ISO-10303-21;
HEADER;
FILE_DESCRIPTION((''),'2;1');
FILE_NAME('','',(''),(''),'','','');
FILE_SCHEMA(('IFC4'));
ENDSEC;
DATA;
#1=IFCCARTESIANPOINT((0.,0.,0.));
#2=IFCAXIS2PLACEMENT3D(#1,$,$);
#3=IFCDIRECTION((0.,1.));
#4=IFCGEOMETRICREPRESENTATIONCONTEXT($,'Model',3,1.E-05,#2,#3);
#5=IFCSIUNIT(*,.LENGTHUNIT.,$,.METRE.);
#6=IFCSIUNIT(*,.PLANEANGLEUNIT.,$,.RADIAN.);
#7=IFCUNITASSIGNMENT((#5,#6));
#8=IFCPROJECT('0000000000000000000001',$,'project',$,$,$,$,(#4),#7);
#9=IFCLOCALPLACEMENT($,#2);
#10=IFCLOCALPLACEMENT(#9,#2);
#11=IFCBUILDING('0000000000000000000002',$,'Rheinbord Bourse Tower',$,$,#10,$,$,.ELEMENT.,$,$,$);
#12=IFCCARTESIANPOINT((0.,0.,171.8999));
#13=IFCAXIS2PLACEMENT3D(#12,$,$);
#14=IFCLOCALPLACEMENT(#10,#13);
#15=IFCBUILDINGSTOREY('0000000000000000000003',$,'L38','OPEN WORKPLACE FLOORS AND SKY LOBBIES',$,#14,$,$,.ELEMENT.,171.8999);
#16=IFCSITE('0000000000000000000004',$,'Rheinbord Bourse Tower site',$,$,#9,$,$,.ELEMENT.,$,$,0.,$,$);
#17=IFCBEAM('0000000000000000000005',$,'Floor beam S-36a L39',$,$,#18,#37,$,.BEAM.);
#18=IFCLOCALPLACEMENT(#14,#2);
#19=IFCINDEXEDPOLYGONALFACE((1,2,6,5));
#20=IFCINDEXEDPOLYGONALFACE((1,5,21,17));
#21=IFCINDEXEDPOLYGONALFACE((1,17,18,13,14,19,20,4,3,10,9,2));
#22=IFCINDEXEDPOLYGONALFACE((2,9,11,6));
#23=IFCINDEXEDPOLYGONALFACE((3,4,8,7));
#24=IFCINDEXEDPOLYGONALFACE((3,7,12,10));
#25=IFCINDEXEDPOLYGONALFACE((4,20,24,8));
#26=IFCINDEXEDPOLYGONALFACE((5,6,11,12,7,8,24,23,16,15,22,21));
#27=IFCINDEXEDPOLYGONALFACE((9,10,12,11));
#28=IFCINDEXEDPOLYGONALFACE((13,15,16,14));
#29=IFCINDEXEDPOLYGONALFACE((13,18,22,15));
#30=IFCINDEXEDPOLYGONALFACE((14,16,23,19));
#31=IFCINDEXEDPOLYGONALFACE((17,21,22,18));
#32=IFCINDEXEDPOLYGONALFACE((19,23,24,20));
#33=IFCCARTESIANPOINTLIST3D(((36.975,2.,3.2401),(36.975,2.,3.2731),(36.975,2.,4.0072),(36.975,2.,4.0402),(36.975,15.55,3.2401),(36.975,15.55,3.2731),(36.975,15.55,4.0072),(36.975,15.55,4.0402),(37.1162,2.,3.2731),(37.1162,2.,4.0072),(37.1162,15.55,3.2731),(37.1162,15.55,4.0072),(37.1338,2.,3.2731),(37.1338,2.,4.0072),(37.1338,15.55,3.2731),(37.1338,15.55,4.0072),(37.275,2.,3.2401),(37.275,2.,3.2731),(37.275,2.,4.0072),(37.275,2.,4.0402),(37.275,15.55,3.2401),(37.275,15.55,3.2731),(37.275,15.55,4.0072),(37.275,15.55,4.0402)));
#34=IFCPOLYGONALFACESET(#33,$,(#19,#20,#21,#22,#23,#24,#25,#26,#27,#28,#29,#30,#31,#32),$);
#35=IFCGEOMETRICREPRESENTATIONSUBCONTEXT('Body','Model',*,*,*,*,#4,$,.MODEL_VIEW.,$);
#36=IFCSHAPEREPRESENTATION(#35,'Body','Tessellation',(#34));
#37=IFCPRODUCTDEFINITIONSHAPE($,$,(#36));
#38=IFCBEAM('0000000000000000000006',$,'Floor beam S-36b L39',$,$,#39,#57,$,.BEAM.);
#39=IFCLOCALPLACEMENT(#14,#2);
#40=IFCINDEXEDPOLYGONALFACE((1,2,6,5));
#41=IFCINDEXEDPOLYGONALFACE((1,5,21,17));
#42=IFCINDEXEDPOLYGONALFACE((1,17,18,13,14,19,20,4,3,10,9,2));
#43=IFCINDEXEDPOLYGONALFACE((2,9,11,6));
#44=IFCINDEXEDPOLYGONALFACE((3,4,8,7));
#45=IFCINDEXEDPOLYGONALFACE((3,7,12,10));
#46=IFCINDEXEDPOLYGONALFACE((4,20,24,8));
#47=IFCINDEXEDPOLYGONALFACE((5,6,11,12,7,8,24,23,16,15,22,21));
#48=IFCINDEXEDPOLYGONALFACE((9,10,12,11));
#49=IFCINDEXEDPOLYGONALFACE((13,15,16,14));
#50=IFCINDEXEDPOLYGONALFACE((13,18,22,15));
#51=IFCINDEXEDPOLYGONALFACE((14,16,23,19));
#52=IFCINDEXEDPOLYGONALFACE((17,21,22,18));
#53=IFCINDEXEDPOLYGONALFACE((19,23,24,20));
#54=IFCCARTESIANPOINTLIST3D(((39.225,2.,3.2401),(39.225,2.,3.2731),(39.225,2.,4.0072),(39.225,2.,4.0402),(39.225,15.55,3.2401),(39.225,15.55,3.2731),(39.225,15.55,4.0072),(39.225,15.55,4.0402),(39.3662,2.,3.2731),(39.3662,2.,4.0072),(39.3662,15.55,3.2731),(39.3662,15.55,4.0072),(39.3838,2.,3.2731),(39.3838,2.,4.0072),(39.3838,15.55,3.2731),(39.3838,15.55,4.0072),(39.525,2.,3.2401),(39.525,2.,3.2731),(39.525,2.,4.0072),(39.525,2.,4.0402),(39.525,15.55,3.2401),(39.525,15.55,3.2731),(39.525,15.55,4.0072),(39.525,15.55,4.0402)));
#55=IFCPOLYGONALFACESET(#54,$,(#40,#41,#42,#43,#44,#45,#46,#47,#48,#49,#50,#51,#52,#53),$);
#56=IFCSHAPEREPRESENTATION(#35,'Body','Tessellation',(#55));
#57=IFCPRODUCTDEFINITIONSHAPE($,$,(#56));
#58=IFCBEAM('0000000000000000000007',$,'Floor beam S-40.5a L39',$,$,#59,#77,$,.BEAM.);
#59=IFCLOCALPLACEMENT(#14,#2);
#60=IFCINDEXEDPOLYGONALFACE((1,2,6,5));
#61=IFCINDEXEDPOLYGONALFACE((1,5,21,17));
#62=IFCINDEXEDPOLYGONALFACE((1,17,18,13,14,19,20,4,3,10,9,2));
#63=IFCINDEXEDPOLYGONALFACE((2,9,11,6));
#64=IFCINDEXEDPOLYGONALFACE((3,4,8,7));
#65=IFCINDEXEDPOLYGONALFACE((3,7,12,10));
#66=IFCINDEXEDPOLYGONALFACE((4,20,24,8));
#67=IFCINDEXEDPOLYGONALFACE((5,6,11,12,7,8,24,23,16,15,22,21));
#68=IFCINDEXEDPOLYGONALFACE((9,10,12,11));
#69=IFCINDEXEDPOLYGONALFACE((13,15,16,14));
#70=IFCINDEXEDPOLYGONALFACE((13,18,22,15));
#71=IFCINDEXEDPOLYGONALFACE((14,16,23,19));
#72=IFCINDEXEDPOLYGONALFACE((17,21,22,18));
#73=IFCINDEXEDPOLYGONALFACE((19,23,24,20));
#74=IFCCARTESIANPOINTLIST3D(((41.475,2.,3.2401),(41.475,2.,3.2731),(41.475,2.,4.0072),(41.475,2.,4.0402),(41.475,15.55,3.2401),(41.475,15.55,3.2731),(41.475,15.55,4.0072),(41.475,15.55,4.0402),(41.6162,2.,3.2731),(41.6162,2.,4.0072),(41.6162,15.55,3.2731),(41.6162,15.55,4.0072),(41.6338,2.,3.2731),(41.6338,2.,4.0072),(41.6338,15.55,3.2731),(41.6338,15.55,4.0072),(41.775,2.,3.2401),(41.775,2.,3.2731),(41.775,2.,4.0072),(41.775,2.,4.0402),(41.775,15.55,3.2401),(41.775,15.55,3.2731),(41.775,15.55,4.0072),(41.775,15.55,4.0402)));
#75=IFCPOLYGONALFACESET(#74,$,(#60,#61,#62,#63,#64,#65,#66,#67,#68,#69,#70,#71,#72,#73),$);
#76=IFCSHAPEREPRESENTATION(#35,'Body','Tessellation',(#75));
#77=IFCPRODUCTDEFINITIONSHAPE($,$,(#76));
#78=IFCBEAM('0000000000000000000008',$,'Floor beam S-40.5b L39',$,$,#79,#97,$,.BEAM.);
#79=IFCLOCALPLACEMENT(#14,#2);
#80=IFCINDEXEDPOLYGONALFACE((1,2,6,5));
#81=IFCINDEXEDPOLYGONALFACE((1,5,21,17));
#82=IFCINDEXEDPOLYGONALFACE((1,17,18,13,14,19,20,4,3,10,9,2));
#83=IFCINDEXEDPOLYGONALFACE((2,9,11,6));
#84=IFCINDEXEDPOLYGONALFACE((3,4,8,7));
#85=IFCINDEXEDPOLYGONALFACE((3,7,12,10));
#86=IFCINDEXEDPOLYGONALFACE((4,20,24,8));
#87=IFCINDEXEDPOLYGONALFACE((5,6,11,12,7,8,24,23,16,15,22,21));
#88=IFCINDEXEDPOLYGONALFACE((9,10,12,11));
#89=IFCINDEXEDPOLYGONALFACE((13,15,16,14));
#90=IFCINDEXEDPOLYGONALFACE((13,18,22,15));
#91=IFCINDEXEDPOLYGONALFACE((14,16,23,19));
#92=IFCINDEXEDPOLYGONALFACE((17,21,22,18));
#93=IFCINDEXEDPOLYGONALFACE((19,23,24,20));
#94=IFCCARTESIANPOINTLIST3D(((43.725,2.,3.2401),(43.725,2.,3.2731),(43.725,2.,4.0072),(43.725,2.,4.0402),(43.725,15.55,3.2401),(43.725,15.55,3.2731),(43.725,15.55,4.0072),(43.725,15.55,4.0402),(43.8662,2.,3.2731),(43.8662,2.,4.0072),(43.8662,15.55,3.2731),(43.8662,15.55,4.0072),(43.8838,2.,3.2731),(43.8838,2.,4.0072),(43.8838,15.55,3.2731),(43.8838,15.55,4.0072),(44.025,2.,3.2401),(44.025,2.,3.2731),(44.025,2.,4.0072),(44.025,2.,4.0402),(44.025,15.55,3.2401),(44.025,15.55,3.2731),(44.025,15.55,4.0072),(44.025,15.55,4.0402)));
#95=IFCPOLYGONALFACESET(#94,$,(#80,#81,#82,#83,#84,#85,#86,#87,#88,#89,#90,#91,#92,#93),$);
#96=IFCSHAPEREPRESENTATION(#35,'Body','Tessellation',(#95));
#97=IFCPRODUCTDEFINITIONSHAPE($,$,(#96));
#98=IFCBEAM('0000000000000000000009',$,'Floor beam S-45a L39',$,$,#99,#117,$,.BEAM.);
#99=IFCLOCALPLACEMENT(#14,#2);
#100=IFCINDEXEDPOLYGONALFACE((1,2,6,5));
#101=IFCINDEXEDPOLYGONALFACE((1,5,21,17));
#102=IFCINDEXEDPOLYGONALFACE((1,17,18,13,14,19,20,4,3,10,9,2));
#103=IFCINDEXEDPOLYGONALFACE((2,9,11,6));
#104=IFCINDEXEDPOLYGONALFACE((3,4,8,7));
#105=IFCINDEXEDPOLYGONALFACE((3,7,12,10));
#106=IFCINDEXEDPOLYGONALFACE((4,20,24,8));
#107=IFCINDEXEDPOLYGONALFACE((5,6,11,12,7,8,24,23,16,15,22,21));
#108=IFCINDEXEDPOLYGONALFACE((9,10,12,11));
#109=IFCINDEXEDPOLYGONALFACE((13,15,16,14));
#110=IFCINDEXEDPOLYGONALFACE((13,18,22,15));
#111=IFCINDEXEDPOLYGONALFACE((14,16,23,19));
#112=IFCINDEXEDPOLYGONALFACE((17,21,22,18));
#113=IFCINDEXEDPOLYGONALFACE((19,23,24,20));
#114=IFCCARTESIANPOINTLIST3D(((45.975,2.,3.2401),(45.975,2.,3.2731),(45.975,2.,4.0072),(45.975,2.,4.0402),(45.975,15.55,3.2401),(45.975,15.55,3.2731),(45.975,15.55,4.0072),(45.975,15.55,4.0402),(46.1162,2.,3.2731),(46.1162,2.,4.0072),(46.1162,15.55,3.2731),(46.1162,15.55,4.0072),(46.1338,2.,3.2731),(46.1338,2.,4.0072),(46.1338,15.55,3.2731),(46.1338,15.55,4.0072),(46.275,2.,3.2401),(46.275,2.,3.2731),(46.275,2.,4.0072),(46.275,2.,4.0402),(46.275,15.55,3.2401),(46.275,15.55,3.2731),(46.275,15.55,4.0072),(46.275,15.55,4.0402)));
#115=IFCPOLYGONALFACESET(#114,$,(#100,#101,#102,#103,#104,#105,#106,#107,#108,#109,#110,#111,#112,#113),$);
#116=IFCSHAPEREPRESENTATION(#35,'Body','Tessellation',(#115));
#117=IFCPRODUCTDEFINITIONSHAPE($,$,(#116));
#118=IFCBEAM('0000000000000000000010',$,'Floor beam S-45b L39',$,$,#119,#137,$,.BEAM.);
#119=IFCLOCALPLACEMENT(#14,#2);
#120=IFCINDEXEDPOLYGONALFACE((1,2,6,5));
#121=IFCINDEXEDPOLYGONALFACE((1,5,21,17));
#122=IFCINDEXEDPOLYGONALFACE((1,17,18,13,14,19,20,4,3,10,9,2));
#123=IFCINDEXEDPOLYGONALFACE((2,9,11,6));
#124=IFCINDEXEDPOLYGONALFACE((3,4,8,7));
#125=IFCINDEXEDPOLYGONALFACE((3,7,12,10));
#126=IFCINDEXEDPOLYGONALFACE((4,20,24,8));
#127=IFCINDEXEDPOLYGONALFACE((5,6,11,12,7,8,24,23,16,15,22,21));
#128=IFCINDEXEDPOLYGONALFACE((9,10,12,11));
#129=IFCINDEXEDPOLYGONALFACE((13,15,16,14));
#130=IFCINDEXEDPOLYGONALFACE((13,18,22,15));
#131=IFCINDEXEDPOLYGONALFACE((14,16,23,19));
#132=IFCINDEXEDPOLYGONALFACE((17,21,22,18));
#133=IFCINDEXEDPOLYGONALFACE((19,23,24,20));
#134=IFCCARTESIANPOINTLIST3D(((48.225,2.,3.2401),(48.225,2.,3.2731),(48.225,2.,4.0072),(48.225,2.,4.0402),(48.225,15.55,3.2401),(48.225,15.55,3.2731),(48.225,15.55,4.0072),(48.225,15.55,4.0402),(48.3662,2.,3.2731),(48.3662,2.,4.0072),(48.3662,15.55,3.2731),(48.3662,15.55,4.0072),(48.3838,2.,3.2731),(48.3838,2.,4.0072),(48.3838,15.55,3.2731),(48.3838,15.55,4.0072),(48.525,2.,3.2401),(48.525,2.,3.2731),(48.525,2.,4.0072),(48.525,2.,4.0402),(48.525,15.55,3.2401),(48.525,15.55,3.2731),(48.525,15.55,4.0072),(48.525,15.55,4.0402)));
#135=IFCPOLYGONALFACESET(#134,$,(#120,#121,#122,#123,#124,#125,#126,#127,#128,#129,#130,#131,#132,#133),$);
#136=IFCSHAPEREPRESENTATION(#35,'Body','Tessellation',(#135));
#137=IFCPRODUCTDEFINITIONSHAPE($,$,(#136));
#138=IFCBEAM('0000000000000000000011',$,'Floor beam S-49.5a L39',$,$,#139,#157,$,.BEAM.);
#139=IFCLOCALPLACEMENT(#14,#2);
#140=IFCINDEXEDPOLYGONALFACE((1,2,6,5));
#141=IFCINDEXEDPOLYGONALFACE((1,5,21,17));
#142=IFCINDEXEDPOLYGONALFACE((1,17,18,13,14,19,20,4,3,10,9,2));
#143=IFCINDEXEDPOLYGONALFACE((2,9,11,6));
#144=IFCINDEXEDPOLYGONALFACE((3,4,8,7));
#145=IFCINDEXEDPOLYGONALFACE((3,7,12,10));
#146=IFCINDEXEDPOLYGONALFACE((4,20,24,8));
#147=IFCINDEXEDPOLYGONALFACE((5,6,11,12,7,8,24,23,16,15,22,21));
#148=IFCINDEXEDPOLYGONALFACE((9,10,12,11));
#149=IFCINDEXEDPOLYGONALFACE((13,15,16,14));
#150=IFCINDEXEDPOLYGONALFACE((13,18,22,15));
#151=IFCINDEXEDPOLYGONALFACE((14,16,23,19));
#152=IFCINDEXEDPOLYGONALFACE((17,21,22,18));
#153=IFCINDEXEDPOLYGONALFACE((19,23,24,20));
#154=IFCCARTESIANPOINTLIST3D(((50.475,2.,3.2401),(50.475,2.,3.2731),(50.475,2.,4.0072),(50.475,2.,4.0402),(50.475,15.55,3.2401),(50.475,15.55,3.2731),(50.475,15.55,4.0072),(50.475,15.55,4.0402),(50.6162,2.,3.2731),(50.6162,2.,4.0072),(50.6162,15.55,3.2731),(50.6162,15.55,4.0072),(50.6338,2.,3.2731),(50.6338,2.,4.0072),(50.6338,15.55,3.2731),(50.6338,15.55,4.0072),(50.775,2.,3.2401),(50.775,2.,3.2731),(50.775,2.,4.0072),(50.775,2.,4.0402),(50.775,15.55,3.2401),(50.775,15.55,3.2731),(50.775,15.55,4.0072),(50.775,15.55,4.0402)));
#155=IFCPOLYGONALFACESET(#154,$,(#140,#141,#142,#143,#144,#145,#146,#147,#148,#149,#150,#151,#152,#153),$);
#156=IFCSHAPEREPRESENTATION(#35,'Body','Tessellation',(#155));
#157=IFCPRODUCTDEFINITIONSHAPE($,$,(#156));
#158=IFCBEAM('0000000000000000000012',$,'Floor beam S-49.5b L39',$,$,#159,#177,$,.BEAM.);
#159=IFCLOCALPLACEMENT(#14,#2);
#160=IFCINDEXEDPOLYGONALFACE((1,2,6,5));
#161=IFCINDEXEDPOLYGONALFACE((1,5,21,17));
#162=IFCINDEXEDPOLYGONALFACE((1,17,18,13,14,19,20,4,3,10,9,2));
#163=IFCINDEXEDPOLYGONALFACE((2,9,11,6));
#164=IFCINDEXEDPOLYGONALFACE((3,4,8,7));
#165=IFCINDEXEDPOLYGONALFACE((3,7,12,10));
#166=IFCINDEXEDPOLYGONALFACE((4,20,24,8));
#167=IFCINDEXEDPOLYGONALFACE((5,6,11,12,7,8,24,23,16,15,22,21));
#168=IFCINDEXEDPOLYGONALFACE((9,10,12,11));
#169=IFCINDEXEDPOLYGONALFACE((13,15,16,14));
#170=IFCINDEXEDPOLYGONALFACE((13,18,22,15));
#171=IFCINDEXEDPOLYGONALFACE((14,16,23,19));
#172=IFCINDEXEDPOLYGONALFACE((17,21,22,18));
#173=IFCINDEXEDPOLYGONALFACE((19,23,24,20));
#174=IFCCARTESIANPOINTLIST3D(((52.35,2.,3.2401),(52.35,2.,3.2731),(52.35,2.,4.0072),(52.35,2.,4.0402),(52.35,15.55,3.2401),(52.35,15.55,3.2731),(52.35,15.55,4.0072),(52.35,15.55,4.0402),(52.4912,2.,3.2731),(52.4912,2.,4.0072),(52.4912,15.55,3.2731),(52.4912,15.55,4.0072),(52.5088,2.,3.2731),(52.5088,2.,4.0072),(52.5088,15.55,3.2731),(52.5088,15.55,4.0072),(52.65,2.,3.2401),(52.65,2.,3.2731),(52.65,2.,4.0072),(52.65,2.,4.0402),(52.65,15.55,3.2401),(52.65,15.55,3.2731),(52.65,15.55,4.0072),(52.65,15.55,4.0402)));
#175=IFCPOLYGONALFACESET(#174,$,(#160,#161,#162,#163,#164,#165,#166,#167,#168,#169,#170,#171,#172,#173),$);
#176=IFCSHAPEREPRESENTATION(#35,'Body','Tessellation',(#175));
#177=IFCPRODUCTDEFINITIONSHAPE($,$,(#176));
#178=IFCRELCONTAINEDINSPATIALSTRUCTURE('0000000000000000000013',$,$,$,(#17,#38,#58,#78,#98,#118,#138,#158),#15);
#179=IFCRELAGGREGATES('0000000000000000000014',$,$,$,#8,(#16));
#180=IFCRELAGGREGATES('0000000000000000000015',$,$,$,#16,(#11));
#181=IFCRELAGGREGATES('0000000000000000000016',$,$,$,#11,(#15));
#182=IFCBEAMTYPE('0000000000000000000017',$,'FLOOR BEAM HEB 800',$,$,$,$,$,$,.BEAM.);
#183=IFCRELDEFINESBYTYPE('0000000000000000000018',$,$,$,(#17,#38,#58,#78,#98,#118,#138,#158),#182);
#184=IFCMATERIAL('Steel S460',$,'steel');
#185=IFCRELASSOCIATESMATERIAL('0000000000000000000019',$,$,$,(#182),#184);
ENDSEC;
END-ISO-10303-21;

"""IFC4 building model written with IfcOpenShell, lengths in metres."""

from ifc_helpers import new_model, si_unit, direction, frame, origin, origin_2d, place, context, subcontext, project, spatial, i_section, extrude, material, material_profile, profile_set, type_object, element, save


model = new_model("IFC4")

# Units and contexts
model_context = context("Model", 3, precision=1e-05, world=origin(), true_north=direction((0.0, 1.0)))
body_context = subcontext(model_context, "Body", "Model", "MODEL_VIEW")
ifc_project = project(units=[si_unit("LENGTHUNIT", "METRE"), si_unit("PLANEANGLEUNIT", "RADIAN")], contexts=[model_context])

# Site, building, storey
site_placement = place(None, origin())
site = spatial("IfcSite", under=ifc_project, at=site_placement, Name="Rheinbord Bourse Tower site", CompositionType="ELEMENT", RefElevation=0.0)
building_placement = place(site_placement, origin())
building = spatial("IfcBuilding", under=site, at=building_placement, Name="Rheinbord Bourse Tower", CompositionType="ELEMENT")
storey_placement = place(building_placement, frame((0.0, 0.0, 171.8999)))
storey = spatial("IfcBuildingStorey", under=building, at=storey_placement, Name="L38", Description="OPEN WORKPLACE FLOORS AND SKY LOBBIES", CompositionType="ELEMENT", Elevation=171.8999)

# Beams
ifc_material_1 = material(Name="Steel S460", Category="steel")
ifc_material_profile_1 = material_profile(ifc_material_1, i_section(OverallWidth=0.3, OverallDepth=0.8, WebThickness=0.0176, FlangeThickness=0.033, at=origin_2d()), Name="HEB 800")
ifc_profile_set_1 = profile_set([ifc_material_profile_1], Name="Steel S460")
beam_type_1 = type_object("IfcBeamType", Name="FLOOR BEAM HEB 800", PredefinedType="BEAM", material=ifc_profile_set_1)
for number, where, z_axis, x_axis, name in (
    (1, (37.125, 2.0, 3.6401), (0.0, 1.0, 0.0), (-1.0, 0.0, 0.0), "Floor beam S-36a L39"),
    (2, (39.375, 2.0, 3.6401), (0.0, 1.0, 0.0), (-1.0, 0.0, 0.0), "Floor beam S-36b L39"),
    (3, (41.625, 2.0, 3.6401), (0.0, 1.0, 0.0), (-1.0, 0.0, 0.0), "Floor beam S-40.5a L39"),
    (4, (43.875, 2.0, 3.6401), (0.0, 1.0, 0.0), (-1.0, 0.0, 0.0), "Floor beam S-40.5b L39"),
    (5, (46.125, 2.0, 3.6401), (0.0, 1.0, 0.0), (-1.0, 0.0, 0.0), "Floor beam S-45a L39"),
    (6, (48.375, 2.0, 3.6401), (0.0, 1.0, 0.0), (-1.0, 0.0, 0.0), "Floor beam S-45b L39"),
    (7, (50.625, 2.0, 3.6401), (0.0, 1.0, 0.0), (-1.0, 0.0, 0.0), "Floor beam S-49.5a L39"),
    (8, (52.5, 2.0, 3.6401), (0.0, 1.0, 0.0), (-1.0, 0.0, 0.0), "Floor beam S-49.5b L39"),
):
    element("IfcBeam", number, at=place(storey_placement, frame(where, z_axis=z_axis, x_axis=x_axis)), inside=storey, type_object=beam_type_1, Name=name, PredefinedType="BEAM", context=body_context, shape_type="SweptSolid", body=[
        extrude(i_section(OverallWidth=0.3, OverallDepth=0.8, WebThickness=0.0176, FlangeThickness=0.033, at=origin_2d()), origin(), (0.0, 0.0, 1.0), 13.55),
    ])

save(model, "model.ifc")
